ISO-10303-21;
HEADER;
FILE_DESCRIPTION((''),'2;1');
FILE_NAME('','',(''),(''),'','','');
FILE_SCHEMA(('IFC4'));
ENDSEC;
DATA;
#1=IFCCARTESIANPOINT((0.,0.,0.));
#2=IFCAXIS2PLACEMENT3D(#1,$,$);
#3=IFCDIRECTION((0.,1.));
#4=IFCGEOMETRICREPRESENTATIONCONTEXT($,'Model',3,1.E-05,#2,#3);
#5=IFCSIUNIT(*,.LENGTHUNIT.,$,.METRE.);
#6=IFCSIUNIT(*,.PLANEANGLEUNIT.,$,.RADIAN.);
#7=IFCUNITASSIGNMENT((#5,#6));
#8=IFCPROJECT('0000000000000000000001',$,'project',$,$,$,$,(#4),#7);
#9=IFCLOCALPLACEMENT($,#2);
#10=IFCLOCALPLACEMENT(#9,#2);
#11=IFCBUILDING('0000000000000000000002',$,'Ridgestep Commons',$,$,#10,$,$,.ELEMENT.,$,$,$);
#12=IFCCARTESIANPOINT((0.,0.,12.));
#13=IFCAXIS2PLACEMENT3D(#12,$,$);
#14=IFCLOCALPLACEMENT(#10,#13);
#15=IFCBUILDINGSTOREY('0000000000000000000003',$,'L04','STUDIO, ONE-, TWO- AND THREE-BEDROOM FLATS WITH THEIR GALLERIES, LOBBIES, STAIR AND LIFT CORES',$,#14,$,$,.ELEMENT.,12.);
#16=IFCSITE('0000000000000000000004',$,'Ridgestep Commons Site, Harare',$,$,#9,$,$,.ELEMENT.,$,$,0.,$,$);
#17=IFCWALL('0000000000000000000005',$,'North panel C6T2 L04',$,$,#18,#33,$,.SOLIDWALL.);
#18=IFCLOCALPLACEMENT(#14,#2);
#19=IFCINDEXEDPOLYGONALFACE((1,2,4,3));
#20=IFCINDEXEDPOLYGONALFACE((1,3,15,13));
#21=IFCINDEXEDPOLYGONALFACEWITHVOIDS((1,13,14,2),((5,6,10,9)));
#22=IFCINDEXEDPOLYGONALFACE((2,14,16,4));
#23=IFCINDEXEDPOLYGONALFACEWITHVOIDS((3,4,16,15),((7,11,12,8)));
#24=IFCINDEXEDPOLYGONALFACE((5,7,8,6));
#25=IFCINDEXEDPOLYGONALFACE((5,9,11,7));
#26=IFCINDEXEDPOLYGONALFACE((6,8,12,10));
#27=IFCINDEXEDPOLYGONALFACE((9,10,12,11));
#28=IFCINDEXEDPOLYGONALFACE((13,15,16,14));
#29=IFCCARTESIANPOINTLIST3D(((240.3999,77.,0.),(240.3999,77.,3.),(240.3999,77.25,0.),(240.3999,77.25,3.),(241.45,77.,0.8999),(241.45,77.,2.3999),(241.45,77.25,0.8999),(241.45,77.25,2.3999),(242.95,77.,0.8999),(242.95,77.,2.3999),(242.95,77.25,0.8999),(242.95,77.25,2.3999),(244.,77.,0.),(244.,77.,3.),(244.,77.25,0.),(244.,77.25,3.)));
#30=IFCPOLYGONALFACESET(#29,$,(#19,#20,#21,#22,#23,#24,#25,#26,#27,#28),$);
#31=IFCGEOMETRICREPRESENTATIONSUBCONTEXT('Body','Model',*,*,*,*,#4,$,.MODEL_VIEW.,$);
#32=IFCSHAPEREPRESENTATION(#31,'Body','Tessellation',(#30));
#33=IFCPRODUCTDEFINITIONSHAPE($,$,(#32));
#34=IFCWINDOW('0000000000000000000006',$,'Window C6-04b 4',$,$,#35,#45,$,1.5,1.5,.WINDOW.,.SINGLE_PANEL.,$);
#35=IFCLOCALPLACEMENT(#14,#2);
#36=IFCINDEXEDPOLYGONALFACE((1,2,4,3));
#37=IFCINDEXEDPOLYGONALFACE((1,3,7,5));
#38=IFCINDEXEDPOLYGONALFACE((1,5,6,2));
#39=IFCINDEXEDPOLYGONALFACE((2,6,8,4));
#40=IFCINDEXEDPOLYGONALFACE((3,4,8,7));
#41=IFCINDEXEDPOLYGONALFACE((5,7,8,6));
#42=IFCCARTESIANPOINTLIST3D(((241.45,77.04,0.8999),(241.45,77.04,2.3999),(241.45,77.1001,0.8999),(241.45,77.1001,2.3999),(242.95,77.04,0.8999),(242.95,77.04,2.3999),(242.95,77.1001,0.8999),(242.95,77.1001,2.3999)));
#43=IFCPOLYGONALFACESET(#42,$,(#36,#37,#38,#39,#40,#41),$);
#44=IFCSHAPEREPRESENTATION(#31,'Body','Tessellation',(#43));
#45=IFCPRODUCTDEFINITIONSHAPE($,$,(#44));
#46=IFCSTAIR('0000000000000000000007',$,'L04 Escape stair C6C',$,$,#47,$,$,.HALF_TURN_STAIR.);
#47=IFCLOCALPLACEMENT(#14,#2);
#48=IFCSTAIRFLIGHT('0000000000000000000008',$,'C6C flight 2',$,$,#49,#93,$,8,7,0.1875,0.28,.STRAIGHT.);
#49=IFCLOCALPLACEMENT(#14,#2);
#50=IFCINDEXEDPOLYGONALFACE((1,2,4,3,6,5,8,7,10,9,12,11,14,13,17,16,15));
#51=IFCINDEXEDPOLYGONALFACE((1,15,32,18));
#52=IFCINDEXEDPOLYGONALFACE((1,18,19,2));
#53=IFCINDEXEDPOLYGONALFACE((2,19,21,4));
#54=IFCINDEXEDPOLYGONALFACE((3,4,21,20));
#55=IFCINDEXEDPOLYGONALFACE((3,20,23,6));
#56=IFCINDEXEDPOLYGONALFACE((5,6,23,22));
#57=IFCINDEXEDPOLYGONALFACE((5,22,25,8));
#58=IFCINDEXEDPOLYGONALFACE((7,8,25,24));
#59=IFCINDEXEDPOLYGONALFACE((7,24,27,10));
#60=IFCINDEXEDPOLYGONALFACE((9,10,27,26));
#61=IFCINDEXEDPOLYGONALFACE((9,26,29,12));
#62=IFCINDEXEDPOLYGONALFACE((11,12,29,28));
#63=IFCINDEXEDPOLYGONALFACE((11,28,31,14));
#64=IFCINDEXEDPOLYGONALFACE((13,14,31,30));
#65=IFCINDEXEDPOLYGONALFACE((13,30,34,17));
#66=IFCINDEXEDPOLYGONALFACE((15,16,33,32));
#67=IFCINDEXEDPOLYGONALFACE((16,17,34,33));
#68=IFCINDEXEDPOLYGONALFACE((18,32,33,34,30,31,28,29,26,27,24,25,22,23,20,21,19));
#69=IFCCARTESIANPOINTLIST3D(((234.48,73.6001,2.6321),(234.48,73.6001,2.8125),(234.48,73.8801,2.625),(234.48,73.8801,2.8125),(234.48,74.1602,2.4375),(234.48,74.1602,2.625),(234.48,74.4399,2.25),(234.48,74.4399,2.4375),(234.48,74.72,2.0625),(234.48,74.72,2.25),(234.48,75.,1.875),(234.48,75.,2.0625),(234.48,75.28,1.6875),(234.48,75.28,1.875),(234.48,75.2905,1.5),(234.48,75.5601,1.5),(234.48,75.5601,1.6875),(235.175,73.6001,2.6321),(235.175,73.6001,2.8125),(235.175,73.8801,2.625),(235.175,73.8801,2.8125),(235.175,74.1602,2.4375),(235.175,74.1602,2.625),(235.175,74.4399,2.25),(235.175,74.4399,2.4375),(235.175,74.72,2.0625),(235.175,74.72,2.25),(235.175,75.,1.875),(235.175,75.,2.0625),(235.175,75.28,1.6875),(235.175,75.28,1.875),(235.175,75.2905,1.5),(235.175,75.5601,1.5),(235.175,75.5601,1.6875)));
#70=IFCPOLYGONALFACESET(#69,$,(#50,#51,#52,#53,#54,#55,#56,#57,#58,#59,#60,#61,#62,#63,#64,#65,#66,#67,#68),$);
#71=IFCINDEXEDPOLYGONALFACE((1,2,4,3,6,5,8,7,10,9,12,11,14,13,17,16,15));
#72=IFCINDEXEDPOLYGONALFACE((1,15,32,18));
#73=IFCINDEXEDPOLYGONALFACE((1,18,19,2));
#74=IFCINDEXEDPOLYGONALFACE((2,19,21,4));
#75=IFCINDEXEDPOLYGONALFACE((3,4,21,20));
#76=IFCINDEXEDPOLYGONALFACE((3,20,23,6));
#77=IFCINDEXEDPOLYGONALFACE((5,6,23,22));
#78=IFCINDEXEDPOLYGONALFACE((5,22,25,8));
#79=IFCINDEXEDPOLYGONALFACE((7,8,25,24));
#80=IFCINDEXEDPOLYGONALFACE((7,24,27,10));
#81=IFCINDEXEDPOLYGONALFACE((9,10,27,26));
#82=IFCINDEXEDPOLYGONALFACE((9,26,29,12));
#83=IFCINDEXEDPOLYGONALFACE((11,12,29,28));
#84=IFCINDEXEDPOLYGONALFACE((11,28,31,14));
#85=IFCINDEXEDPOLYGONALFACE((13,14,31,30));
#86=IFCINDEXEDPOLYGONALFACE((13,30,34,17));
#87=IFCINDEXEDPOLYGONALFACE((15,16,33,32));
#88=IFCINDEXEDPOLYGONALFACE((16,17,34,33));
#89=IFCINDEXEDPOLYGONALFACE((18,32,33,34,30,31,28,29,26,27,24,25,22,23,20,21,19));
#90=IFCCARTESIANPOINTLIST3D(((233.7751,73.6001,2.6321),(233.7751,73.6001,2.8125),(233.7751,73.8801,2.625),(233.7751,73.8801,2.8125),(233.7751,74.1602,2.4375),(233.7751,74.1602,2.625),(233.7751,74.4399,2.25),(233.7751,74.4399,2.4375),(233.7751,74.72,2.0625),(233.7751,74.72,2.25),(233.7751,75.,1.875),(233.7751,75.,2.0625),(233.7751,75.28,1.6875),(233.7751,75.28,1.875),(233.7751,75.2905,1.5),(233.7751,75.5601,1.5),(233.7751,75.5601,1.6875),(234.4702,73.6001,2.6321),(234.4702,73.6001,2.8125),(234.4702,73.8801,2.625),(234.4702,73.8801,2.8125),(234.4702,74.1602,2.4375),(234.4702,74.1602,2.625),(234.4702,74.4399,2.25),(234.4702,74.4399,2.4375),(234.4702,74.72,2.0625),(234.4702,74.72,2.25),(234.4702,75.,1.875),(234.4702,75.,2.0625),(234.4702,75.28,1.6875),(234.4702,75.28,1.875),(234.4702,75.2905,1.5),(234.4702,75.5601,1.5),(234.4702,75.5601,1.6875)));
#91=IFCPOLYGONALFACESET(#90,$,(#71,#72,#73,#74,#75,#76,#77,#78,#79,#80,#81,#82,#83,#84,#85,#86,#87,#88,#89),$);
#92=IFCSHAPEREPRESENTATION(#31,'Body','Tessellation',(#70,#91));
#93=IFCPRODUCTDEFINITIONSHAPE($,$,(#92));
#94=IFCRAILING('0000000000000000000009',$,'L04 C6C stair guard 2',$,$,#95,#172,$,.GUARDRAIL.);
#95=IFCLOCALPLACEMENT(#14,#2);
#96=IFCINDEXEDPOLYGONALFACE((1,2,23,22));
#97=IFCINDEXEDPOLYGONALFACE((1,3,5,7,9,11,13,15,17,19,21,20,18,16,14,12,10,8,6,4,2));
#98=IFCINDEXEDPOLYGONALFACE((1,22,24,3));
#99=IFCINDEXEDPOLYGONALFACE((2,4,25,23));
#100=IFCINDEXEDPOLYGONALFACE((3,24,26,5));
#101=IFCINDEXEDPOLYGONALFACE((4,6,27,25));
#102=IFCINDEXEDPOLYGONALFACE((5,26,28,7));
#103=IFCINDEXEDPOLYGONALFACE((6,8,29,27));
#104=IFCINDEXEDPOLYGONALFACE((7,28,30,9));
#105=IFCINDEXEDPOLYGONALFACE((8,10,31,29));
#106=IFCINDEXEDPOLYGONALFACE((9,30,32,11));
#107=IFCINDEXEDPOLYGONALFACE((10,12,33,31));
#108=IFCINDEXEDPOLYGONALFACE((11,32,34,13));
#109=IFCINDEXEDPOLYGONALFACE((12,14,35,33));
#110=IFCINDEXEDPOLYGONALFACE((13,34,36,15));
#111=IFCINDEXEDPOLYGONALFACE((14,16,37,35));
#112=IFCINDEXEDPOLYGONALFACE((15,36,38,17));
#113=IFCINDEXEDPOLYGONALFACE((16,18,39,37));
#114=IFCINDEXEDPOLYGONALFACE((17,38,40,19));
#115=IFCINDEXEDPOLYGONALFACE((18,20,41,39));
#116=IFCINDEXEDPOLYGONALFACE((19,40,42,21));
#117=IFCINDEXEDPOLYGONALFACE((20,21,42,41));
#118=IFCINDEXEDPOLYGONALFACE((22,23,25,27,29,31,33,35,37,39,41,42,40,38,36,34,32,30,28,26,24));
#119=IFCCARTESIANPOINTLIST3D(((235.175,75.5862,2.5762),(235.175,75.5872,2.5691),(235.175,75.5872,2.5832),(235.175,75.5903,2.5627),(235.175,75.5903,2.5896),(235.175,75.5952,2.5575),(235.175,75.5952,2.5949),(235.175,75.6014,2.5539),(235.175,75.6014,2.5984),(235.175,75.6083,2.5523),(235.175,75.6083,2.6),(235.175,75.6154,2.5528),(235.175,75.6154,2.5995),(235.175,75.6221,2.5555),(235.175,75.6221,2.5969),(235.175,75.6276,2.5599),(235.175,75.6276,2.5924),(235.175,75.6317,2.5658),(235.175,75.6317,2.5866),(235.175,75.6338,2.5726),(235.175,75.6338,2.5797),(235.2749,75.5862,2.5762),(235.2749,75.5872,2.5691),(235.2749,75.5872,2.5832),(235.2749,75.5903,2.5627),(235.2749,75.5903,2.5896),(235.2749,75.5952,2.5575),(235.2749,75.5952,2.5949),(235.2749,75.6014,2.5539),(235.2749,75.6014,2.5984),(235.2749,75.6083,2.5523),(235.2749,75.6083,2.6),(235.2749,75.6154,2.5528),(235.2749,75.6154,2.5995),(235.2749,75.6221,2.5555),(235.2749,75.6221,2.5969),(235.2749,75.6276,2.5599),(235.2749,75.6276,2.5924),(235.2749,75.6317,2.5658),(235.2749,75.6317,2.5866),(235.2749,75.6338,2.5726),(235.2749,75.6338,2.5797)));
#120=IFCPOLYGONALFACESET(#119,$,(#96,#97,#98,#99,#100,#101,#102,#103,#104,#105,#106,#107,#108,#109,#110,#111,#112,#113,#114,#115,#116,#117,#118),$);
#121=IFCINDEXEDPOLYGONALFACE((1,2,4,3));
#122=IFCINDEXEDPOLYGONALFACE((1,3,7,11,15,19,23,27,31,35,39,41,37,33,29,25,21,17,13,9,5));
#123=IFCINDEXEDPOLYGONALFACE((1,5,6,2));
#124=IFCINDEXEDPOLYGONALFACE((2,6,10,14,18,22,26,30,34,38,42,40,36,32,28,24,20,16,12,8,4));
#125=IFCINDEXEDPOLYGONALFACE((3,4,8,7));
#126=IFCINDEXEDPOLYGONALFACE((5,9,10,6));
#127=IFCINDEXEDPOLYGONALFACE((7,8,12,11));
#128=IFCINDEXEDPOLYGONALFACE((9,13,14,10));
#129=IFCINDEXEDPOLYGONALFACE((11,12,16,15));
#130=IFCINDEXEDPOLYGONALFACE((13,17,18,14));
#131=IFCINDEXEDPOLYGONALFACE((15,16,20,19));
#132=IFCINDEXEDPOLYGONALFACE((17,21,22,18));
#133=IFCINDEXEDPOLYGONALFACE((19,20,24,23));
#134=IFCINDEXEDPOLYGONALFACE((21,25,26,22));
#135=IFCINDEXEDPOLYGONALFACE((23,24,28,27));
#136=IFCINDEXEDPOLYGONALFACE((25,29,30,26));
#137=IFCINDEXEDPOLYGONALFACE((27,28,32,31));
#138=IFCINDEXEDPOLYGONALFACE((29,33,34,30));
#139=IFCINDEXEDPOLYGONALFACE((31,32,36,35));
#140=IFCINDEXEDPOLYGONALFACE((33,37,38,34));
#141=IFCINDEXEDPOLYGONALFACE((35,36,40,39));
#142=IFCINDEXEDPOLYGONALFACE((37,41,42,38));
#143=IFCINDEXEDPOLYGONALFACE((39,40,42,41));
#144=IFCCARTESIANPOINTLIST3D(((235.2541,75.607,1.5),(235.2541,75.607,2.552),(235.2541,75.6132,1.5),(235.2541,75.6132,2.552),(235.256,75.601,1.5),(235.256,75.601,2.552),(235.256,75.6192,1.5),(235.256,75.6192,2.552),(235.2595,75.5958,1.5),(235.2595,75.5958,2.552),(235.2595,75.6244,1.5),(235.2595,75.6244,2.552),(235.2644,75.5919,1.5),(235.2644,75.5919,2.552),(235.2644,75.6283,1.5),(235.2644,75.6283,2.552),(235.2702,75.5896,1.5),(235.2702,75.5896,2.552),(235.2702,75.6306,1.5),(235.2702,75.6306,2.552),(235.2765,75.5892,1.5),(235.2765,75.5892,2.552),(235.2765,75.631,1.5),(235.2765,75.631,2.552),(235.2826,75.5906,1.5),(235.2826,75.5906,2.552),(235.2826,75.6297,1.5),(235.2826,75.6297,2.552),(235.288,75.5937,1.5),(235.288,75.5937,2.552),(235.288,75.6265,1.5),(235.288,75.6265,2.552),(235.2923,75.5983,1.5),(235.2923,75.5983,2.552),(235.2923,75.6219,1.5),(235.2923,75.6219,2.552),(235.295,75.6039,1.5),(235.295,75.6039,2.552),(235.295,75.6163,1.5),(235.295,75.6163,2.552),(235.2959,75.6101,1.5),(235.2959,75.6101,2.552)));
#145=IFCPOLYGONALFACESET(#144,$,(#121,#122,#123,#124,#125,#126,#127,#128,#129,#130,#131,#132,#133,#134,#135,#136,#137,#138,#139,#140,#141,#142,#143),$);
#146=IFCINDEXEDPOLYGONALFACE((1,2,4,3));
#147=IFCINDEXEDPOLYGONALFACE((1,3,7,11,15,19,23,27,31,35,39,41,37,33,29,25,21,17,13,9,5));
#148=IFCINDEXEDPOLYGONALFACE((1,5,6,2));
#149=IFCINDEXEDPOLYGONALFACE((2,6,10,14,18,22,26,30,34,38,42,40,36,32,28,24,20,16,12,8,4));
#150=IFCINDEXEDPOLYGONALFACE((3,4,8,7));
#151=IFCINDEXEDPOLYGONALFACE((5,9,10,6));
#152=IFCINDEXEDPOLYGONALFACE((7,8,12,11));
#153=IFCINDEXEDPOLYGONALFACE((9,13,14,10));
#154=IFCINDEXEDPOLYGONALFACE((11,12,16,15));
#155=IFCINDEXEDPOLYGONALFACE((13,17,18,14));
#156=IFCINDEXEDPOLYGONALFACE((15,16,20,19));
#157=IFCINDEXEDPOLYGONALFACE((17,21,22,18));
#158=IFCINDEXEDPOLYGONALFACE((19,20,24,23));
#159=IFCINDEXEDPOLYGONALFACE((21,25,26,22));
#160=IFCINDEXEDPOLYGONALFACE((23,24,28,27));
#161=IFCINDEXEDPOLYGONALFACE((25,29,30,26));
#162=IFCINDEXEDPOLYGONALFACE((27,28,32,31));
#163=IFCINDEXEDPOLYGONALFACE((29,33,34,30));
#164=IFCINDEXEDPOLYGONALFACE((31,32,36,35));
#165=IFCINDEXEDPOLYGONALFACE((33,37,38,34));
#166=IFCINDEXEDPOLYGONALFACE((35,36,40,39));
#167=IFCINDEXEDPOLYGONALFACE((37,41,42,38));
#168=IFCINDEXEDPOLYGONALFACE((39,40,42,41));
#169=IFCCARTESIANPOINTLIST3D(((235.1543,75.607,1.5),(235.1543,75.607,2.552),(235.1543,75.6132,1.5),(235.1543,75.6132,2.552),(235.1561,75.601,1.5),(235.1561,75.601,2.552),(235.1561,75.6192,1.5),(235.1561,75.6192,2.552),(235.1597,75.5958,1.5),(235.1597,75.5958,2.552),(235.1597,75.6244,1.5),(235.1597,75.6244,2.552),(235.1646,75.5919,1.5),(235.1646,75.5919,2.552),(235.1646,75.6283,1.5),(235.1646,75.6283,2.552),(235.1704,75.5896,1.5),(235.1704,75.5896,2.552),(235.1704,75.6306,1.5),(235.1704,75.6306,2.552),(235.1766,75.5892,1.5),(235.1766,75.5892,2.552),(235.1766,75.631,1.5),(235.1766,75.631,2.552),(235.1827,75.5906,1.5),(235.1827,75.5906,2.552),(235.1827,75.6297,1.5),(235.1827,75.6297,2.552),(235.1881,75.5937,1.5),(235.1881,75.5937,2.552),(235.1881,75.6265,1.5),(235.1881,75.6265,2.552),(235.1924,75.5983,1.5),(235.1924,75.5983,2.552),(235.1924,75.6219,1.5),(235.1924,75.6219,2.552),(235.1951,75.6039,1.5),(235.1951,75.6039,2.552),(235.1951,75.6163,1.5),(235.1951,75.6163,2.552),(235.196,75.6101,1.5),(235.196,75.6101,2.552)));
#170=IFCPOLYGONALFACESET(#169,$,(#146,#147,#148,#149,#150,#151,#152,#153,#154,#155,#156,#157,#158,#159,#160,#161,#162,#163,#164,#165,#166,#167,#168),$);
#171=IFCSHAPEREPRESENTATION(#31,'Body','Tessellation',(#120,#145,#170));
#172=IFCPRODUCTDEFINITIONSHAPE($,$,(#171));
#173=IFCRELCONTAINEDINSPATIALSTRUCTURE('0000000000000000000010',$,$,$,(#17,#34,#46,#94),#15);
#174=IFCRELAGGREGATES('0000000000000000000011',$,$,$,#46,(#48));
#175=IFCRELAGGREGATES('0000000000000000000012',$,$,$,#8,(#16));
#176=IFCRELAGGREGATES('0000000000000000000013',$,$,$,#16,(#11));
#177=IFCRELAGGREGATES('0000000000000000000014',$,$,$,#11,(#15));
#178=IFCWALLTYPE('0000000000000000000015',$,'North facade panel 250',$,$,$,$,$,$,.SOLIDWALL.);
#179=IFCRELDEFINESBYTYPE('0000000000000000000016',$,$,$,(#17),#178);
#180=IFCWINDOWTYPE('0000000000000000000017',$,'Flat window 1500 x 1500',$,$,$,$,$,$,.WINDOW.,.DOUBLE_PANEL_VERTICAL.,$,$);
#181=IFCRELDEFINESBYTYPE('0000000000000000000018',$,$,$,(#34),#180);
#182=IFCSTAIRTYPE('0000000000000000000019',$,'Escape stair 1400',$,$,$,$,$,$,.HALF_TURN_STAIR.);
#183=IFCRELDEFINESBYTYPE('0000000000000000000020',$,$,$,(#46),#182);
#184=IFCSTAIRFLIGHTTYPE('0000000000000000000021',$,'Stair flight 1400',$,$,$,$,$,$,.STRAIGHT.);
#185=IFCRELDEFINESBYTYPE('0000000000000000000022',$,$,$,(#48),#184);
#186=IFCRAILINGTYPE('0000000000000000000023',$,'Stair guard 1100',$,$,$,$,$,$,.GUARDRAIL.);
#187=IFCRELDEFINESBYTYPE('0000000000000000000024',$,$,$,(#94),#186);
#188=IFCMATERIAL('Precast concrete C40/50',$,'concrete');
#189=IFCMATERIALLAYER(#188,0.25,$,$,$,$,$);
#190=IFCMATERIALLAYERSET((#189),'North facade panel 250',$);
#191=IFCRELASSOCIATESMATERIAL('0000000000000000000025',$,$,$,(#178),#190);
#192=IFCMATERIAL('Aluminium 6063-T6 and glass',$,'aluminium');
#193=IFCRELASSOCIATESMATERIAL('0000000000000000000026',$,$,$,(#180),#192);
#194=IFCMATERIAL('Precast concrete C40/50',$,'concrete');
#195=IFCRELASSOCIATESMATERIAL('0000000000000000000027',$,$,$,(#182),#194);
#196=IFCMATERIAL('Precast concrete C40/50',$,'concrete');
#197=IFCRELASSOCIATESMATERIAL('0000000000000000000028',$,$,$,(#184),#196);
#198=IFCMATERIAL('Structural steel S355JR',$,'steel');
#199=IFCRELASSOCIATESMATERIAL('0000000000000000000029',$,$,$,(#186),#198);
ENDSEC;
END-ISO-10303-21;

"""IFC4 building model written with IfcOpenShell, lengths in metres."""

from ifc_helpers import new_model, si_unit, direction, frame, frame_2d, origin, origin_2d, place, context, subcontext, project, spatial, polyline, rectangle, circle, outline, extrude, material, layer, layer_set, type_object, element, fill, aggregate, save


model = new_model("IFC4")

# Units and contexts
model_context = context("Model", 3, precision=1e-05, world=origin(), true_north=direction((0.0, 1.0)))
body_context = subcontext(model_context, "Body", "Model", "MODEL_VIEW")
ifc_project = project(units=[si_unit("LENGTHUNIT", "METRE"), si_unit("PLANEANGLEUNIT", "RADIAN")], contexts=[model_context])

# Site, building, storey
site_placement = place(None, origin())
site = spatial("IfcSite", under=ifc_project, at=site_placement, Name="Ridgestep Commons Site, Harare", CompositionType="ELEMENT", RefElevation=0.0)
building_placement = place(site_placement, origin())
building = spatial("IfcBuilding", under=site, at=building_placement, Name="Ridgestep Commons", CompositionType="ELEMENT")
storey_placement = place(building_placement, frame((0.0, 0.0, 12.0)))
storey = spatial("IfcBuildingStorey", under=building, at=storey_placement, Name="L04", Description="STUDIO, ONE-, TWO- AND THREE-BEDROOM FLATS WITH THEIR GALLERIES, LOBBIES, STAIR AND LIFT CORES", CompositionType="ELEMENT", Elevation=12.0)

# Wall, opening, window
ifc_material_1 = material(Name="Precast concrete C40/50", Category="concrete")
ifc_layer_1 = layer(ifc_material_1, 0.25)
ifc_layer_set_1 = layer_set([ifc_layer_1], Name="North facade panel 250")
wall_type = type_object("IfcWallType", Name="North facade panel 250", PredefinedType="SOLIDWALL", material=ifc_layer_set_1)
ifc_material_2 = material(Name="Aluminium 6063-T6 and glass", Category="aluminium")
window_type = type_object("IfcWindowType", Name="Flat window 1500 x 1500", PartitioningType="DOUBLE_PANEL_VERTICAL", PredefinedType="WINDOW", material=ifc_material_2)
wall_1_placement = place(storey_placement, frame((240.3999, 77.125, 0.0), z_axis=(0.0, 0.0, 1.0), x_axis=(1.0, 0.0, 0.0)))
wall_1 = element("IfcWall", 1, at=wall_1_placement, inside=storey, type_object=wall_type, Name="North panel C6T2 L04", PredefinedType="SOLIDWALL", context=body_context, shape_type="SweptSolid", body=[
    extrude(rectangle(XDim=3.6001, YDim=0.25, at=frame_2d((1.8, 0.0))), origin(), (0.0, 0.0, 1.0), 3.0),
])
opening_1_placement = place(wall_1_placement, frame((1.05, 0.0, 0.8999)))
opening_1 = element("IfcOpeningElement", 2, at=opening_1_placement, cuts=wall_1, PredefinedType="OPENING", context=body_context, shape_type="SweptSolid", body=[
    extrude(rectangle(XDim=1.5, YDim=1.5, at=frame_2d((0.75, 0.75))), frame((0.0, 0.135, 0.0), z_axis=(0.0, -1.0, 0.0), x_axis=(1.0, 0.0, 0.0)), (0.0, 0.0, 1.0), 0.27),
])
window_1_placement = place(opening_1_placement, origin())
window_1 = element("IfcWindow", 3, at=window_1_placement, inside=storey, type_object=window_type, Name="Window C6-04b 4", OverallHeight=1.5, OverallWidth=1.5, PartitioningType="SINGLE_PANEL", PredefinedType="WINDOW", context=body_context, shape_type="SweptSolid", body=[
    extrude(rectangle(XDim=1.5, YDim=1.5, at=frame_2d((0.75, 0.75))), frame((0.0, -0.0249, 0.0), z_axis=(0.0, -1.0, 0.0), x_axis=(1.0, 0.0, 0.0)), (0.0, 0.0, 1.0), 0.0601),
])
fill(opening_1, window_1)

# Stair, stair flight
ifc_material_3 = material(Name="Precast concrete C40/50", Category="concrete")
stair_type = type_object("IfcStairType", Name="Escape stair 1400", PredefinedType="HALF_TURN_STAIR", material=ifc_material_3)
stair_placement = place(storey_placement, origin())
stair = element("IfcStair", 4, at=stair_placement, inside=storey, type_object=stair_type, Name="L04 Escape stair C6C", PredefinedType="HALF_TURN_STAIR")
ifc_material_4 = material(Name="Precast concrete C40/50", Category="concrete")
stair_flight_type = type_object("IfcStairFlightType", Name="Stair flight 1400", PredefinedType="STRAIGHT", material=ifc_material_4)
stair_flight_placement = place(storey_placement, frame((234.4751, 75.5601, 1.5), z_axis=(0.0, 0.0, 1.0), x_axis=(0.0, -1.0, 0.0)))
stair_flight = element("IfcStairFlight", 5, at=stair_flight_placement, type_object=stair_flight_type, Name="C6C flight 2", NumberOfRisers=8, NumberOfTreads=7, PredefinedType="STRAIGHT", RiserHeight=0.1875, TreadLength=0.28, context=body_context, shape_type="SweptSolid", body=[
    extrude(outline(polyline([(0.0, 0.0), (0.0, 0.1875), (0.28, 0.1875), (0.28, 0.375), (0.5601, 0.375), (0.5601, 0.5625), (0.8401, 0.5625), (0.8401, 0.75), (1.1201, 0.75), (1.1201, 0.9375), (1.3999, 0.9375), (1.3999, 1.125), (1.6799, 1.125), (1.6799, 1.3125), (1.96, 1.3125), (1.96, 1.5), (1.96, 1.1321), (0.2695, 0.0), (0.0, 0.0)])), frame((0.0, 0.7, 0.0), z_axis=(0.0, -1.0, 0.0), x_axis=(1.0, 0.0, 0.0)), (0.0, 0.0, 1.0), 0.6951),
    extrude(outline(polyline([(0.0, 0.0), (0.0, 0.1875), (0.28, 0.1875), (0.28, 0.375), (0.5601, 0.375), (0.5601, 0.5625), (0.8401, 0.5625), (0.8401, 0.75), (1.1201, 0.75), (1.1201, 0.9375), (1.3999, 0.9375), (1.3999, 1.125), (1.6799, 1.125), (1.6799, 1.3125), (1.96, 1.3125), (1.96, 1.5), (1.96, 1.1321), (0.2695, 0.0), (0.0, 0.0)])), frame((0.0, -0.0049, 0.0), z_axis=(0.0, -1.0, 0.0), x_axis=(1.0, 0.0, 0.0)), (0.0, 0.0, 1.0), 0.6951),
])
aggregate(stair, [stair_flight])

# Railing
ifc_material_5 = material(Name="Structural steel S355JR", Category="steel")
railing_type = type_object("IfcRailingType", Name="Stair guard 1100", PredefinedType="GUARDRAIL", material=ifc_material_5)
railing_1_placement = place(storey_placement, frame((235.2749, 75.6101, 1.5)))
element("IfcRailing", 6, at=railing_1_placement, inside=storey, type_object=railing_type, Name="L04 C6C stair guard 2", PredefinedType="GUARDRAIL", context=body_context, shape_type="SweptSolid", body=[
    extrude(circle(Radius=0.0239, at=origin_2d()), frame((0.0, 0.0, 1.0762), z_axis=(-1.0, 0.0, 0.0), x_axis=(0.0, -1.0, 0.0)), (0.0, 0.0, 1.0), 0.0999),
    extrude(circle(Radius=0.021, at=origin_2d()), origin(), (0.0, 0.0, 1.0), 1.052),
    extrude(circle(Radius=0.021, at=origin_2d()), frame((-0.0999, 0.0, 0.0)), (0.0, 0.0, 1.0), 1.052),
])

save(model, "model.ifc")
